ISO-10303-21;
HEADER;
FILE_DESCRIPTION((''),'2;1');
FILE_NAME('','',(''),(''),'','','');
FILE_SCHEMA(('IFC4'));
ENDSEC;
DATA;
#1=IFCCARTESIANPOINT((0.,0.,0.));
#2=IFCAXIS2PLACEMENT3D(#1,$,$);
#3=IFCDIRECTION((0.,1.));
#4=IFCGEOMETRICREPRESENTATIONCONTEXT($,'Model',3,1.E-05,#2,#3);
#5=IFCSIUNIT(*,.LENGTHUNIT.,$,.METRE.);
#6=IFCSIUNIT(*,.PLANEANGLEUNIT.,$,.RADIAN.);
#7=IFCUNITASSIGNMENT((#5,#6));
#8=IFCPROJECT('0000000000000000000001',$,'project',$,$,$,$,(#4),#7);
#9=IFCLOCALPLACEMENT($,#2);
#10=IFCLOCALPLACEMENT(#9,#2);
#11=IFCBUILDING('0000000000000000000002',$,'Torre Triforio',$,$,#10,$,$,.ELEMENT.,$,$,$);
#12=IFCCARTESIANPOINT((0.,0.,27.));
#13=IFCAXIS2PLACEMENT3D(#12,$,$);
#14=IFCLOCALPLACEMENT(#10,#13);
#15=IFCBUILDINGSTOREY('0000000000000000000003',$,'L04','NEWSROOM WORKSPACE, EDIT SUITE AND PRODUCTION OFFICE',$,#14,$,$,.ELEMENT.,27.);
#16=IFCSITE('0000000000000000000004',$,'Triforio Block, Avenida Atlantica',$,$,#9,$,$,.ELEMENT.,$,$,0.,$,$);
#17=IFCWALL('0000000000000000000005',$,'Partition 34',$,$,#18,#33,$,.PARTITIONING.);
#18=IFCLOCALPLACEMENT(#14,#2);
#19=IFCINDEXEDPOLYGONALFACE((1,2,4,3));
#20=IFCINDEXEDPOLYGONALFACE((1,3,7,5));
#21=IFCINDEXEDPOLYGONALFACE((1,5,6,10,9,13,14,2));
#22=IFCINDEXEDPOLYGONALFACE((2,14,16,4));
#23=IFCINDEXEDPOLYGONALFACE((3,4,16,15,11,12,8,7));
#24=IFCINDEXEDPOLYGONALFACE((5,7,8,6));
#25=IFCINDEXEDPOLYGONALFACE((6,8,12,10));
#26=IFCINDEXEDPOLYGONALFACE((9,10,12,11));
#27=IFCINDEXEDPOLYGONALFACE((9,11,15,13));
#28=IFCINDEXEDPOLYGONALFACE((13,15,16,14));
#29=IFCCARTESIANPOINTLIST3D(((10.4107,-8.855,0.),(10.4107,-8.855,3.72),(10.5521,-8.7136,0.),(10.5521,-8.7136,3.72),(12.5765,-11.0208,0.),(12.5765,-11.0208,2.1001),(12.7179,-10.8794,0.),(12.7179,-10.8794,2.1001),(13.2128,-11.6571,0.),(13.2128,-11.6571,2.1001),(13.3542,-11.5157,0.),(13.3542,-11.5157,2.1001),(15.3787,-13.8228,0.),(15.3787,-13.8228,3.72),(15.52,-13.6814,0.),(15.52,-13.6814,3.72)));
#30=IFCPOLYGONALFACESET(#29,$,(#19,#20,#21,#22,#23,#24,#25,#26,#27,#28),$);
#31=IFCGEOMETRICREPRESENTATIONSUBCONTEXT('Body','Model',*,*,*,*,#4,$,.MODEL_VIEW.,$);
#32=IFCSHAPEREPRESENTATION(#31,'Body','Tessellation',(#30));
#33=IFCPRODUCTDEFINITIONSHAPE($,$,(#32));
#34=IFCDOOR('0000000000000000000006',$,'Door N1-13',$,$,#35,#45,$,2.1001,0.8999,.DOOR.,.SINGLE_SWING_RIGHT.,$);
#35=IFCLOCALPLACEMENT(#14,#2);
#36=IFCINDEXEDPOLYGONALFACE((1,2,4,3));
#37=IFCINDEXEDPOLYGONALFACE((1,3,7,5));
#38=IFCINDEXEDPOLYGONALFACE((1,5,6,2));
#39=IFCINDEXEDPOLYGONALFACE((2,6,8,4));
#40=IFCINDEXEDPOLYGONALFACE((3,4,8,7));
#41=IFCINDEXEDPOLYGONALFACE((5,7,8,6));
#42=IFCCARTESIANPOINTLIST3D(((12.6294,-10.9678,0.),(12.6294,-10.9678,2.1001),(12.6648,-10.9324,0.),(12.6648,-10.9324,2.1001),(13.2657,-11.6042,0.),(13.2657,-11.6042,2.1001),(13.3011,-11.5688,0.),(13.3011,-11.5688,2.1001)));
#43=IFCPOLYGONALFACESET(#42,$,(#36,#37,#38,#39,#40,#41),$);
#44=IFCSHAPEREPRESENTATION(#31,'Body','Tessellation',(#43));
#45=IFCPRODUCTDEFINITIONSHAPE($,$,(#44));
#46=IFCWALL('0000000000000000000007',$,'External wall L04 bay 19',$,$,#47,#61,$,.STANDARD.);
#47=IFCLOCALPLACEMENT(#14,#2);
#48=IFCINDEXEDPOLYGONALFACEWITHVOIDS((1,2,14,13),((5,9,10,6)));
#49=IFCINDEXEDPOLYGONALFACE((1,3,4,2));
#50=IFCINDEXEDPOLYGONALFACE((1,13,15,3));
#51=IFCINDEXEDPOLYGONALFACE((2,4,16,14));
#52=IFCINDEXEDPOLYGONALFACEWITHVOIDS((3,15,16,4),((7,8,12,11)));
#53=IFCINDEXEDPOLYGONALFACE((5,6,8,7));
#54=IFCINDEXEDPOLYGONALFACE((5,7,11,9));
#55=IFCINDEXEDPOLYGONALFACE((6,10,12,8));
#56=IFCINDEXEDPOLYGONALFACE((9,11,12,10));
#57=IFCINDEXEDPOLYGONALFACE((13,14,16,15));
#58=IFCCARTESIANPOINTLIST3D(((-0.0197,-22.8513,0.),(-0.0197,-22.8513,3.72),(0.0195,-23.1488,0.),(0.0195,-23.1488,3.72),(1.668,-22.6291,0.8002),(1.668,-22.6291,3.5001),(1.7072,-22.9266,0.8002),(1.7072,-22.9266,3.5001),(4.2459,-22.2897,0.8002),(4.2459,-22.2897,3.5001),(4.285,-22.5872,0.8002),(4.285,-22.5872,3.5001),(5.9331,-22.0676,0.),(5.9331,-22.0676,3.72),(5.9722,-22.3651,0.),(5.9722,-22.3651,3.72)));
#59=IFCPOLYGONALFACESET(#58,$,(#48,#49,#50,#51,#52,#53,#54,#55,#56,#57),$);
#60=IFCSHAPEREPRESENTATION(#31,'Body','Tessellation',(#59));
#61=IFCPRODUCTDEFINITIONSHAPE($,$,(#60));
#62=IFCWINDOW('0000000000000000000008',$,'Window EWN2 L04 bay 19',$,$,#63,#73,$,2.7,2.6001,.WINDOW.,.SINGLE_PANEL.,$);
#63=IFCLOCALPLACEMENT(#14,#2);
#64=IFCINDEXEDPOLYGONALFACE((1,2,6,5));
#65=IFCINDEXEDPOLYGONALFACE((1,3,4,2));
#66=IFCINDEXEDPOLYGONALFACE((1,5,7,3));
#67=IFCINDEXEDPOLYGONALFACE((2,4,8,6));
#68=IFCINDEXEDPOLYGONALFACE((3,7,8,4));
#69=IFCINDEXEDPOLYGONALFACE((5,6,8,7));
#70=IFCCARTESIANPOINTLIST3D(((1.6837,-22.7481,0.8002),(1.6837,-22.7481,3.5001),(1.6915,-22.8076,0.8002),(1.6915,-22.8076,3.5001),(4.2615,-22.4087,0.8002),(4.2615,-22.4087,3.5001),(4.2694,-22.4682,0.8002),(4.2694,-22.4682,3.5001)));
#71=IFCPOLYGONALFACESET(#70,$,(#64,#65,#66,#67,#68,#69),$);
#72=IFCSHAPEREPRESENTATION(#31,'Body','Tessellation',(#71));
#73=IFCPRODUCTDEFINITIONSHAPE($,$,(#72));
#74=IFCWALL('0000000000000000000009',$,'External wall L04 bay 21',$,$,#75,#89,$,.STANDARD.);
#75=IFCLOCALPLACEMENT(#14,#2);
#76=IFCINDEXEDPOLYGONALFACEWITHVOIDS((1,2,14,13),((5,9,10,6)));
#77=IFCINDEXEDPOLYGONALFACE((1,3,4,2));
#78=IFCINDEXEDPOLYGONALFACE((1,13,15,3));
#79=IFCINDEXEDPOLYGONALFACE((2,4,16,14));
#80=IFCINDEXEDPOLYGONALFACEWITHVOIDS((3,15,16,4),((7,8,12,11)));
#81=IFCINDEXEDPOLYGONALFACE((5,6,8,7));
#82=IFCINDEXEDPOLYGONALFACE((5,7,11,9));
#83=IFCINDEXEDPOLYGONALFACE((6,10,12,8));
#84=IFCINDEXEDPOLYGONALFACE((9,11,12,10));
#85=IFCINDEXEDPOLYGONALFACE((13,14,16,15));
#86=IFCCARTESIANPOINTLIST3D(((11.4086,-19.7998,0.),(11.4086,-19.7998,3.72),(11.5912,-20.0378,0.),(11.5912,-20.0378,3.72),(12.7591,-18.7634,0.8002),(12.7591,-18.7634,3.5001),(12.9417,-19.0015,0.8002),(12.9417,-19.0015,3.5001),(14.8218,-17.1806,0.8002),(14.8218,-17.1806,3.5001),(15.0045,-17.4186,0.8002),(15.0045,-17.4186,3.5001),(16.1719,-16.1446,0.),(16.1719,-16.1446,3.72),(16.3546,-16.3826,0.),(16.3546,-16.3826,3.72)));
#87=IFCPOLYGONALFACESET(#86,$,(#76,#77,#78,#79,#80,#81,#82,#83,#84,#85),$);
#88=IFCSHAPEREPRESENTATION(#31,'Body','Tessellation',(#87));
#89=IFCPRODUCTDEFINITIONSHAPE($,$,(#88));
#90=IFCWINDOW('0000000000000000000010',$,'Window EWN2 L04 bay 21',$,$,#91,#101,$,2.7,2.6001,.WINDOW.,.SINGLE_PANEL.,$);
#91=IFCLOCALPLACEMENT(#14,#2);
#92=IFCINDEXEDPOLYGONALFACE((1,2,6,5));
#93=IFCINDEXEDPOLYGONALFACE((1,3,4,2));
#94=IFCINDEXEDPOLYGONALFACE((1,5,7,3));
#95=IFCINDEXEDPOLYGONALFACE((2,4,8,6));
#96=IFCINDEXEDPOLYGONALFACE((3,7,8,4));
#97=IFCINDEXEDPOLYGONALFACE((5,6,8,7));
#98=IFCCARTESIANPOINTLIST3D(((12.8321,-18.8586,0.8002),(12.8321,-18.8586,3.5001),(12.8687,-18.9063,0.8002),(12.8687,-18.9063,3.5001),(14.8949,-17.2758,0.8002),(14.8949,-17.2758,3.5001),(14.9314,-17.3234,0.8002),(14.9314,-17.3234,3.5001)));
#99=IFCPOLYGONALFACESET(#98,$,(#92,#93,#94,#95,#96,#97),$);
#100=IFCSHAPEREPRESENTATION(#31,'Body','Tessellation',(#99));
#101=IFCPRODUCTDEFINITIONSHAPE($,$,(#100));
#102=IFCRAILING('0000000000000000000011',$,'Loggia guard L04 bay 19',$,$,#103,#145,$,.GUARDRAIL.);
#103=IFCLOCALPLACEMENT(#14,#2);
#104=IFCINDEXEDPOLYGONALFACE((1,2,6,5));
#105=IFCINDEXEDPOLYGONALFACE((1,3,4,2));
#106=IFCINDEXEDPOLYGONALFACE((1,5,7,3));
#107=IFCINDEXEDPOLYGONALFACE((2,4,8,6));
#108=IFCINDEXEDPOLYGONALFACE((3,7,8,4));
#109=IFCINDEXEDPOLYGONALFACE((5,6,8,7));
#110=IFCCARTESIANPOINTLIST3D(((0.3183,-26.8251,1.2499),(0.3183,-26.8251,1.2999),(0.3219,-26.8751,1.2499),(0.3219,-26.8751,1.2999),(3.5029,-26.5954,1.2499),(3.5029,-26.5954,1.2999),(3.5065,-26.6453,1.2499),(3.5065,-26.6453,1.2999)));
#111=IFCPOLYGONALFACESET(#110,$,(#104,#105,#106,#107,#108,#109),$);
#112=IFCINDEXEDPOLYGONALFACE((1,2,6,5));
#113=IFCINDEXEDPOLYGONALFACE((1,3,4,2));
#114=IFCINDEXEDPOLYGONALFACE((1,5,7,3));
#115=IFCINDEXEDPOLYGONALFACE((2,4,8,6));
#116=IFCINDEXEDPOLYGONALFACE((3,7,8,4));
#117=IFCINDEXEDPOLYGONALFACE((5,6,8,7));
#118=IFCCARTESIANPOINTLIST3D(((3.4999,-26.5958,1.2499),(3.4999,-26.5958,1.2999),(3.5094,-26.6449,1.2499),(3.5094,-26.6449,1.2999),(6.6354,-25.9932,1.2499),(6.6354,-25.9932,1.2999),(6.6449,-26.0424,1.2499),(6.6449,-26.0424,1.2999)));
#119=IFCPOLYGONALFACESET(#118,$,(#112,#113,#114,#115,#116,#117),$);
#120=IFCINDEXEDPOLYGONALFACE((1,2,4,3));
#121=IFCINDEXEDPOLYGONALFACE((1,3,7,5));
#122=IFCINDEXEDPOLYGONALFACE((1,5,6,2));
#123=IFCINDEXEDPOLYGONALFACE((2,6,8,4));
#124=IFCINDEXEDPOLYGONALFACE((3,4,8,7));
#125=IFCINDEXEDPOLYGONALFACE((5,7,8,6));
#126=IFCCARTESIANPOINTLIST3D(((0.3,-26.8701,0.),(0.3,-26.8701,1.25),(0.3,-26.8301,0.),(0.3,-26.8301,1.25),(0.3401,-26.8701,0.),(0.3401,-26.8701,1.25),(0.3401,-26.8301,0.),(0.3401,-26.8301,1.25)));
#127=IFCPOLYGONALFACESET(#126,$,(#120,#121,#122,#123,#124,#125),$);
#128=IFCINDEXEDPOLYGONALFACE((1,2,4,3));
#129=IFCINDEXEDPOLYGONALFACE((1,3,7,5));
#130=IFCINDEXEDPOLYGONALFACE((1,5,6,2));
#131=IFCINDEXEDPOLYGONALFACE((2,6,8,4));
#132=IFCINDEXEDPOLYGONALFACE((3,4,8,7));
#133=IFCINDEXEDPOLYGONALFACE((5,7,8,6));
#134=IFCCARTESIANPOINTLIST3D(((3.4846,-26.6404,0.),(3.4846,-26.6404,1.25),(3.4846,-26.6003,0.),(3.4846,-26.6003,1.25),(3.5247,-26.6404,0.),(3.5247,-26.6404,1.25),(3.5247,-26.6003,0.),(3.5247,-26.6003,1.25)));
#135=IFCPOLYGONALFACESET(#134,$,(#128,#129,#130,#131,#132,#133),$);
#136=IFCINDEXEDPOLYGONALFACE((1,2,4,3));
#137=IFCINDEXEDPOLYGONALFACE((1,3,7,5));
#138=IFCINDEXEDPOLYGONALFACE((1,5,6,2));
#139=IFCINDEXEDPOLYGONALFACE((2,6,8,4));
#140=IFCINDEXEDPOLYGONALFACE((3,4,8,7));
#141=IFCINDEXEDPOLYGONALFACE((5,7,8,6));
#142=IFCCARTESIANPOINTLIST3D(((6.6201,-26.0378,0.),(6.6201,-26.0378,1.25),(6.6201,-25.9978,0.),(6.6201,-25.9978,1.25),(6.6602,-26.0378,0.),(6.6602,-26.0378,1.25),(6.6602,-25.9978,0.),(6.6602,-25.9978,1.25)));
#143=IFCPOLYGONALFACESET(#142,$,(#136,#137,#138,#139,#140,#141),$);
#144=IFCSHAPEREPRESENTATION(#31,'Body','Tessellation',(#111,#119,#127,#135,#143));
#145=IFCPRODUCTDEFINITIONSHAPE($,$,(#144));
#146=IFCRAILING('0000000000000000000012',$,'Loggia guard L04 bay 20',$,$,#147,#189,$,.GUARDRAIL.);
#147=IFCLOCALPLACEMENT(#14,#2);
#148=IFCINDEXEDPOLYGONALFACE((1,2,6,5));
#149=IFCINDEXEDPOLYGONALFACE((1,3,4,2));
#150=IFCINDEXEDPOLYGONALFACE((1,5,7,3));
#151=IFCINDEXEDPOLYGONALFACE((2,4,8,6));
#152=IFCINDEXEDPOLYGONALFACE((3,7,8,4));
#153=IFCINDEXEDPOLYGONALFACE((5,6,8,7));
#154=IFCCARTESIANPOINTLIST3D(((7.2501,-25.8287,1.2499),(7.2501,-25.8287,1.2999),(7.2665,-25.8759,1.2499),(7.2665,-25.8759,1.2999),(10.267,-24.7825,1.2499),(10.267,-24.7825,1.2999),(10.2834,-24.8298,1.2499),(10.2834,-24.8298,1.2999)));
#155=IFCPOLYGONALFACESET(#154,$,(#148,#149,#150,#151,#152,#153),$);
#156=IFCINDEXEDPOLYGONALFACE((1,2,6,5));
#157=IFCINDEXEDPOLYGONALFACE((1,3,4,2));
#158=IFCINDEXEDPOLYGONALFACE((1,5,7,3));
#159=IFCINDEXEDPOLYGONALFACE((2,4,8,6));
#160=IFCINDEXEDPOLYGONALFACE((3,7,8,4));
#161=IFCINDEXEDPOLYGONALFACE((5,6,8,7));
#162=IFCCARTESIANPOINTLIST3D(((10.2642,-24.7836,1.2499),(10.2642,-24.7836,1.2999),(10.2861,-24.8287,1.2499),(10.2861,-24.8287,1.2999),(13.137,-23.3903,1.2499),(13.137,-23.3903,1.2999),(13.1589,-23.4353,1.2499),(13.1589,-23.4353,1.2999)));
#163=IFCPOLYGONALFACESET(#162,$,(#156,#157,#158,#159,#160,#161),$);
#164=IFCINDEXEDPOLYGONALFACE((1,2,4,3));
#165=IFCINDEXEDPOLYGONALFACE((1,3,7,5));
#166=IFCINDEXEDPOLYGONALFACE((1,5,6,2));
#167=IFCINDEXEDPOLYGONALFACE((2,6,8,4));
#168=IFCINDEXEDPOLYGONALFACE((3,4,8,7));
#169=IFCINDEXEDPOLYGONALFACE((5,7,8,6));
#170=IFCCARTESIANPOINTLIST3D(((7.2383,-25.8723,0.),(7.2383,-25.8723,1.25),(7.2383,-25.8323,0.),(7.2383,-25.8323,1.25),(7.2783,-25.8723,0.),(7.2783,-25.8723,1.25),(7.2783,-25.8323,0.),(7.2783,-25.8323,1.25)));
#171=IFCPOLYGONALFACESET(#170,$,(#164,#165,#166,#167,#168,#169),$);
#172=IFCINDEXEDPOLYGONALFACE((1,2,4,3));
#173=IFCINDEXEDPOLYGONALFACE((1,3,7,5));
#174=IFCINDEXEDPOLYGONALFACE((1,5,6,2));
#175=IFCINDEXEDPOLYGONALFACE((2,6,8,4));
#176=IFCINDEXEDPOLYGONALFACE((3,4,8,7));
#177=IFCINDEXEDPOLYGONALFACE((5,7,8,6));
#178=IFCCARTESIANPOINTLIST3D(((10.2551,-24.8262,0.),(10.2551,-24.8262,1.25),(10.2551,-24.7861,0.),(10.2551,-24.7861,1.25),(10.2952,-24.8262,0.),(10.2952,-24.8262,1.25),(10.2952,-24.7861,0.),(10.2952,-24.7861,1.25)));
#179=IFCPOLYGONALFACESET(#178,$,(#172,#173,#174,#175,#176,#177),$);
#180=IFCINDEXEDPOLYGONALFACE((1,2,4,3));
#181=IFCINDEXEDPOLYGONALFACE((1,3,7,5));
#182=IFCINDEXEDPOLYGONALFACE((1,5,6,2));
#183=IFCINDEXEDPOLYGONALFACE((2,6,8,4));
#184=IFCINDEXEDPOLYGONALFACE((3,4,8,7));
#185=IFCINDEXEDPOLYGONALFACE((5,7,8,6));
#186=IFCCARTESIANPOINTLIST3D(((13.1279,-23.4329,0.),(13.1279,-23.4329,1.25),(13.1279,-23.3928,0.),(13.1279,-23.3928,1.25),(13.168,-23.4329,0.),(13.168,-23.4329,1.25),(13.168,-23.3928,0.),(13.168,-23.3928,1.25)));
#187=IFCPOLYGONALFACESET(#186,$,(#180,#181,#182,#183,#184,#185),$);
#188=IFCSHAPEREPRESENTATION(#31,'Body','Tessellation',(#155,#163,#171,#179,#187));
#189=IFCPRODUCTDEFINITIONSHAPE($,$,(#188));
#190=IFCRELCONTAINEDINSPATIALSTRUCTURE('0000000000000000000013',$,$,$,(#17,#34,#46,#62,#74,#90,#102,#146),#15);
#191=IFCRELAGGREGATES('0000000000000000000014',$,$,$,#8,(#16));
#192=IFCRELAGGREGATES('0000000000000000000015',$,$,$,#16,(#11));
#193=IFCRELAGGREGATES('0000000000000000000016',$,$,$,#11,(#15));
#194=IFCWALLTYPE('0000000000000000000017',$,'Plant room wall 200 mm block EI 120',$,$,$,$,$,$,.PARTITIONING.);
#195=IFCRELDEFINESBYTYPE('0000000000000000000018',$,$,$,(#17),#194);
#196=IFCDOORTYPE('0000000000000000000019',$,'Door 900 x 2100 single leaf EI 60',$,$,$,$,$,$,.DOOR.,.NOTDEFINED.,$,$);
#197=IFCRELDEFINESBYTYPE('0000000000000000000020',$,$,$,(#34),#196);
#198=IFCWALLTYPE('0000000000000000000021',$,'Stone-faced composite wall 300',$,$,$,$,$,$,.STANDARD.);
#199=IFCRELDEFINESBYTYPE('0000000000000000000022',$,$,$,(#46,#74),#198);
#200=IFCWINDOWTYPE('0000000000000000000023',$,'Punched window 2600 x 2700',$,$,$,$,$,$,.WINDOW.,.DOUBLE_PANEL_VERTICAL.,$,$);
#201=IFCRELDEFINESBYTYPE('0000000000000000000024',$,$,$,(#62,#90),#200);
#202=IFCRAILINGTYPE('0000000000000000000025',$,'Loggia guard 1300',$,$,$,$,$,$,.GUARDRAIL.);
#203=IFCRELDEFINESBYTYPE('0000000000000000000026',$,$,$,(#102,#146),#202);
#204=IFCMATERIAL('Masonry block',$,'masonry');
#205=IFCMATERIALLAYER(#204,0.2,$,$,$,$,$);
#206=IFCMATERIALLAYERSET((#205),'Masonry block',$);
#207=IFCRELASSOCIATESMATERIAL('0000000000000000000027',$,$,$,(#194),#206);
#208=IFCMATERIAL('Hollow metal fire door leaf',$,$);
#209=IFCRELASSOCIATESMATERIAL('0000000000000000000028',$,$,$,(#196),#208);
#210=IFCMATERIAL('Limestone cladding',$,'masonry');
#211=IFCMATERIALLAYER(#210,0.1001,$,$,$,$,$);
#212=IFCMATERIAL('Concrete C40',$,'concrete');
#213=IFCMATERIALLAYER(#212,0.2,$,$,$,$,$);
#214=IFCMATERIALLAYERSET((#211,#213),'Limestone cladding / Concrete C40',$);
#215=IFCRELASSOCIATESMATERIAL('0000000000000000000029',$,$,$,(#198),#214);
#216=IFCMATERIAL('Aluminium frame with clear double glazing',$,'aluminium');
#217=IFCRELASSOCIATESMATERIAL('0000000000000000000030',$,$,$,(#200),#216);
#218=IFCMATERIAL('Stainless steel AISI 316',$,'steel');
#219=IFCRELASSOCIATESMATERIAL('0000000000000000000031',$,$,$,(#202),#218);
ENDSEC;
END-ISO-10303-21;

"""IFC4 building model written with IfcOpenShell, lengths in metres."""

from ifc_helpers import new_model, si_unit, direction, frame, frame_2d, origin, origin_2d, place, context, subcontext, project, spatial, rectangle, extrude, material, layer, layer_set, type_object, element, fill, save


model = new_model("IFC4")

# Units and contexts
model_context = context("Model", 3, precision=1e-05, world=origin(), true_north=direction((0.0, 1.0)))
body_context = subcontext(model_context, "Body", "Model", "MODEL_VIEW")
ifc_project = project(units=[si_unit("LENGTHUNIT", "METRE"), si_unit("PLANEANGLEUNIT", "RADIAN")], contexts=[model_context])

# Site, building, storey
site_placement = place(None, origin())
site = spatial("IfcSite", under=ifc_project, at=site_placement, Name="Triforio Block, Avenida Atlantica", CompositionType="ELEMENT", RefElevation=0.0)
building_placement = place(site_placement, origin())
building = spatial("IfcBuilding", under=site, at=building_placement, Name="Torre Triforio", CompositionType="ELEMENT")
storey_placement = place(building_placement, frame((0.0, 0.0, 27.0)))
storey = spatial("IfcBuildingStorey", under=building, at=storey_placement, Name="L04", Description="NEWSROOM WORKSPACE, EDIT SUITE AND PRODUCTION OFFICE", CompositionType="ELEMENT", Elevation=27.0)

# Wall, opening, door
ifc_material_1 = material(Name="Masonry block", Category="masonry")
ifc_layer_1 = layer(ifc_material_1, 0.2)
ifc_layer_set_1 = layer_set([ifc_layer_1], Name="Masonry block")
wall_type_1 = type_object("IfcWallType", Name="Plant room wall 200 mm block EI 120", PredefinedType="PARTITIONING", material=ifc_layer_set_1)
wall_1_placement = place(storey_placement, frame((10.4814, -8.7844, 0.0), z_axis=(0.0, 0.0, 1.0), x_axis=(0.707124, -0.707089, 0.0)))
wall_1 = element("IfcWall", 1, at=wall_1_placement, inside=storey, type_object=wall_type_1, Name="Partition 34", PredefinedType="PARTITIONING", context=body_context, shape_type="SweptSolid", body=[
    extrude(rectangle(XDim=7.0256, YDim=0.2, at=frame_2d((3.5127, 0.0))), origin(), (0.0, 0.0, 1.0), 3.72),
])
opening_1_placement = place(wall_1_placement, frame((3.0627, 0.0, 0.0)))
opening_1 = element("IfcOpeningElement", 2, at=opening_1_placement, cuts=wall_1, PredefinedType="OPENING", context=body_context, shape_type="SweptSolid", body=[
    extrude(rectangle(XDim=0.8999, YDim=2.1001, at=frame_2d((0.45, 1.05))), frame((0.0, 0.1099, 0.0), z_axis=(0.0, -1.0, 0.0), x_axis=(1.0, 0.0, 0.0)), (0.0, 0.0, 1.0), 0.22),
])
ifc_material_2 = material(Name="Hollow metal fire door leaf")
door_type_1 = type_object("IfcDoorType", Name="Door 900 x 2100 single leaf EI 60", OperationType="NOTDEFINED", PredefinedType="DOOR", material=ifc_material_2)
door_1_placement = place(opening_1_placement, origin())
door_1 = element("IfcDoor", 3, at=door_1_placement, inside=storey, type_object=door_type_1, Name="Door N1-13", OperationType="SINGLE_SWING_RIGHT", OverallHeight=2.1001, OverallWidth=0.8999, PredefinedType="DOOR", context=body_context, shape_type="SweptSolid", body=[
    extrude(rectangle(XDim=0.8999, YDim=2.1001, at=frame_2d((0.45, 1.05))), frame((0.0, 0.0249, 0.0), z_axis=(0.0, -1.0, 0.0), x_axis=(1.0, 0.0, 0.0)), (0.0, 0.0, 1.0), 0.05),
])
fill(opening_1, door_1)

# Wall, opening, window
ifc_material_3 = material(Name="Limestone cladding", Category="masonry")
ifc_layer_2 = layer(ifc_material_3, 0.1001)
ifc_material_4 = material(Name="Concrete C40", Category="concrete")
ifc_layer_3 = layer(ifc_material_4, 0.2)
ifc_layer_set_2 = layer_set([ifc_layer_2, ifc_layer_3], Name="Limestone cladding / Concrete C40")
wall_type_2 = type_object("IfcWallType", Name="Stone-faced composite wall 300", PredefinedType="STANDARD", material=ifc_layer_set_2)
wall_2_placement = place(storey_placement, frame((0.0, -23.0, 0.0), z_axis=(0.0, 0.0, 1.0), x_axis=(0.991445, 0.130523, 0.0)))
wall_2 = element("IfcWall", 4, at=wall_2_placement, inside=storey, type_object=wall_type_2, Name="External wall L04 bay 19", PredefinedType="STANDARD", context=body_context, shape_type="SweptSolid", body=[
    extrude(rectangle(XDim=6.0042, YDim=0.3, at=frame_2d((3.002, 0.0))), origin(), (0.0, 0.0, 1.0), 3.72),
])
opening_2_placement = place(wall_2_placement, frame((1.7021, 0.0, 0.8)))
opening_2 = element("IfcOpeningElement", 5, at=opening_2_placement, cuts=wall_2, PredefinedType="OPENING", context=body_context, shape_type="SweptSolid", body=[
    extrude(rectangle(XDim=2.6001, YDim=2.7, at=frame_2d((1.3, 1.3501))), frame((0.0, 0.1599, 0.0), z_axis=(0.0, -1.0, 0.0), x_axis=(1.0, 0.0, 0.0)), (0.0, 0.0, 1.0), 0.3201),
])
ifc_material_5 = material(Name="Aluminium frame with clear double glazing", Category="aluminium")
window_type_1 = type_object("IfcWindowType", Name="Punched window 2600 x 2700", PartitioningType="DOUBLE_PANEL_VERTICAL", PredefinedType="WINDOW", material=ifc_material_5)
window_1_placement = place(opening_2_placement, origin())
window_1 = element("IfcWindow", 6, at=window_1_placement, inside=storey, type_object=window_type_1, Name="Window EWN2 L04 bay 19", OverallHeight=2.7, OverallWidth=2.6001, PartitioningType="SINGLE_PANEL", PredefinedType="WINDOW", context=body_context, shape_type="SweptSolid", body=[
    extrude(rectangle(XDim=2.6001, YDim=2.7, at=frame_2d((1.3, 1.3501))), frame((0.0, 0.03, 0.0), z_axis=(0.0, -1.0, 0.0), x_axis=(1.0, 0.0, 0.0)), (0.0, 0.0, 1.0), 0.0601),
])
fill(opening_2, window_1)

# Wall, opening, window
wall_3_placement = place(storey_placement, frame((11.5, -19.9187, 0.0), z_axis=(0.0, 0.0, 1.0), x_axis=(0.79334, 0.608779, 0.0)))
wall_3 = element("IfcWall", 7, at=wall_3_placement, inside=storey, type_object=wall_type_2, Name="External wall L04 bay 21", PredefinedType="STANDARD", context=body_context, shape_type="SweptSolid", body=[
    extrude(rectangle(XDim=6.0042, YDim=0.3, at=frame_2d((3.002, 0.0))), origin(), (0.0, 0.0, 1.0), 3.72),
])
opening_3_placement = place(wall_3_placement, frame((1.7021, 0.0, 0.8)))
opening_3 = element("IfcOpeningElement", 8, at=opening_3_placement, cuts=wall_3, PredefinedType="OPENING", context=body_context, shape_type="SweptSolid", body=[
    extrude(rectangle(XDim=2.6001, YDim=2.7, at=frame_2d((1.3, 1.3501))), frame((0.0, 0.1599, 0.0), z_axis=(0.0, -1.0, 0.0), x_axis=(1.0, 0.0, 0.0)), (0.0, 0.0, 1.0), 0.3201),
])
window_2_placement = place(opening_3_placement, origin())
window_2 = element("IfcWindow", 9, at=window_2_placement, inside=storey, type_object=window_type_1, Name="Window EWN2 L04 bay 21", OverallHeight=2.7, OverallWidth=2.6001, PartitioningType="SINGLE_PANEL", PredefinedType="WINDOW", context=body_context, shape_type="SweptSolid", body=[
    extrude(rectangle(XDim=2.6001, YDim=2.7, at=frame_2d((1.3, 1.3501))), frame((0.0, 0.03, 0.0), z_axis=(0.0, -1.0, 0.0), x_axis=(1.0, 0.0, 0.0)), (0.0, 0.0, 1.0), 0.0601),
])
fill(opening_3, window_2)

# Railings
ifc_material_6 = material(Name="Stainless steel AISI 316", Category="steel")
railing_type = type_object("IfcRailingType", Name="Loggia guard 1300", PredefinedType="GUARDRAIL", material=ifc_material_6)
railing_1_placement = place(storey_placement, frame((0.3201, -26.8501, 0.0)))
element("IfcRailing", 10, at=railing_1_placement, inside=storey, type_object=railing_type, Name="Loggia guard L04 bay 19", PredefinedType="GUARDRAIL", context=body_context, shape_type="SweptSolid", body=[
    extrude(rectangle(XDim=0.05, YDim=0.05, at=origin_2d()), frame((0.0, 0.0, 1.2749), z_axis=(0.997408, 0.071953, 0.0), x_axis=(-0.071953, 0.997408, 0.0)), (0.0, 0.0, 1.0), 3.1929),
    extrude(rectangle(XDim=0.05, YDim=0.05, at=origin_2d()), frame((3.1846, 0.2297, 1.2749), z_axis=(0.982032, 0.188714, 0.0), x_axis=(-0.188714, 0.982032, 0.0)), (0.0, 0.0, 1.0), 3.1929),
    extrude(rectangle(XDim=0.04, YDim=0.04, at=origin_2d()), origin(), (0.0, 0.0, 1.0), 1.25),
    extrude(rectangle(XDim=0.04, YDim=0.04, at=origin_2d()), frame((3.1846, 0.2297, 0.0)), (0.0, 0.0, 1.0), 1.25),
    extrude(rectangle(XDim=0.04, YDim=0.04, at=origin_2d()), frame((6.3201, 0.8323, 0.0)), (0.0, 0.0, 1.0), 1.25),
])
railing_2_placement = place(storey_placement, frame((7.2583, -25.8523, 0.0)))
element("IfcRailing", 11, at=railing_2_placement, inside=storey, type_object=railing_type, Name="Loggia guard L04 bay 20", PredefinedType="GUARDRAIL", context=body_context, shape_type="SweptSolid", body=[
    extrude(rectangle(XDim=0.05, YDim=0.05, at=origin_2d()), frame((0.0, 0.0, 1.2749), z_axis=(0.944807, 0.327628, 0.0), x_axis=(-0.327628, 0.944807, 0.0)), (0.0, 0.0, 1.0), 3.1931),
    extrude(rectangle(XDim=0.05, YDim=0.05, at=origin_2d()), frame((3.0168, 1.0461, 1.2749), z_axis=(0.89976, 0.436384, 0.0), x_axis=(-0.436384, 0.89976, 0.0)), (0.0, 0.0, 1.0), 3.1929),
    extrude(rectangle(XDim=0.04, YDim=0.04, at=origin_2d()), origin(), (0.0, 0.0, 1.0), 1.25),
    extrude(rectangle(XDim=0.04, YDim=0.04, at=origin_2d()), frame((3.0168, 1.0461, 0.0)), (0.0, 0.0, 1.0), 1.25),
    extrude(rectangle(XDim=0.04, YDim=0.04, at=origin_2d()), frame((5.8896, 2.4395, 0.0)), (0.0, 0.0, 1.0), 1.25),
])

save(model, "model.ifc")
